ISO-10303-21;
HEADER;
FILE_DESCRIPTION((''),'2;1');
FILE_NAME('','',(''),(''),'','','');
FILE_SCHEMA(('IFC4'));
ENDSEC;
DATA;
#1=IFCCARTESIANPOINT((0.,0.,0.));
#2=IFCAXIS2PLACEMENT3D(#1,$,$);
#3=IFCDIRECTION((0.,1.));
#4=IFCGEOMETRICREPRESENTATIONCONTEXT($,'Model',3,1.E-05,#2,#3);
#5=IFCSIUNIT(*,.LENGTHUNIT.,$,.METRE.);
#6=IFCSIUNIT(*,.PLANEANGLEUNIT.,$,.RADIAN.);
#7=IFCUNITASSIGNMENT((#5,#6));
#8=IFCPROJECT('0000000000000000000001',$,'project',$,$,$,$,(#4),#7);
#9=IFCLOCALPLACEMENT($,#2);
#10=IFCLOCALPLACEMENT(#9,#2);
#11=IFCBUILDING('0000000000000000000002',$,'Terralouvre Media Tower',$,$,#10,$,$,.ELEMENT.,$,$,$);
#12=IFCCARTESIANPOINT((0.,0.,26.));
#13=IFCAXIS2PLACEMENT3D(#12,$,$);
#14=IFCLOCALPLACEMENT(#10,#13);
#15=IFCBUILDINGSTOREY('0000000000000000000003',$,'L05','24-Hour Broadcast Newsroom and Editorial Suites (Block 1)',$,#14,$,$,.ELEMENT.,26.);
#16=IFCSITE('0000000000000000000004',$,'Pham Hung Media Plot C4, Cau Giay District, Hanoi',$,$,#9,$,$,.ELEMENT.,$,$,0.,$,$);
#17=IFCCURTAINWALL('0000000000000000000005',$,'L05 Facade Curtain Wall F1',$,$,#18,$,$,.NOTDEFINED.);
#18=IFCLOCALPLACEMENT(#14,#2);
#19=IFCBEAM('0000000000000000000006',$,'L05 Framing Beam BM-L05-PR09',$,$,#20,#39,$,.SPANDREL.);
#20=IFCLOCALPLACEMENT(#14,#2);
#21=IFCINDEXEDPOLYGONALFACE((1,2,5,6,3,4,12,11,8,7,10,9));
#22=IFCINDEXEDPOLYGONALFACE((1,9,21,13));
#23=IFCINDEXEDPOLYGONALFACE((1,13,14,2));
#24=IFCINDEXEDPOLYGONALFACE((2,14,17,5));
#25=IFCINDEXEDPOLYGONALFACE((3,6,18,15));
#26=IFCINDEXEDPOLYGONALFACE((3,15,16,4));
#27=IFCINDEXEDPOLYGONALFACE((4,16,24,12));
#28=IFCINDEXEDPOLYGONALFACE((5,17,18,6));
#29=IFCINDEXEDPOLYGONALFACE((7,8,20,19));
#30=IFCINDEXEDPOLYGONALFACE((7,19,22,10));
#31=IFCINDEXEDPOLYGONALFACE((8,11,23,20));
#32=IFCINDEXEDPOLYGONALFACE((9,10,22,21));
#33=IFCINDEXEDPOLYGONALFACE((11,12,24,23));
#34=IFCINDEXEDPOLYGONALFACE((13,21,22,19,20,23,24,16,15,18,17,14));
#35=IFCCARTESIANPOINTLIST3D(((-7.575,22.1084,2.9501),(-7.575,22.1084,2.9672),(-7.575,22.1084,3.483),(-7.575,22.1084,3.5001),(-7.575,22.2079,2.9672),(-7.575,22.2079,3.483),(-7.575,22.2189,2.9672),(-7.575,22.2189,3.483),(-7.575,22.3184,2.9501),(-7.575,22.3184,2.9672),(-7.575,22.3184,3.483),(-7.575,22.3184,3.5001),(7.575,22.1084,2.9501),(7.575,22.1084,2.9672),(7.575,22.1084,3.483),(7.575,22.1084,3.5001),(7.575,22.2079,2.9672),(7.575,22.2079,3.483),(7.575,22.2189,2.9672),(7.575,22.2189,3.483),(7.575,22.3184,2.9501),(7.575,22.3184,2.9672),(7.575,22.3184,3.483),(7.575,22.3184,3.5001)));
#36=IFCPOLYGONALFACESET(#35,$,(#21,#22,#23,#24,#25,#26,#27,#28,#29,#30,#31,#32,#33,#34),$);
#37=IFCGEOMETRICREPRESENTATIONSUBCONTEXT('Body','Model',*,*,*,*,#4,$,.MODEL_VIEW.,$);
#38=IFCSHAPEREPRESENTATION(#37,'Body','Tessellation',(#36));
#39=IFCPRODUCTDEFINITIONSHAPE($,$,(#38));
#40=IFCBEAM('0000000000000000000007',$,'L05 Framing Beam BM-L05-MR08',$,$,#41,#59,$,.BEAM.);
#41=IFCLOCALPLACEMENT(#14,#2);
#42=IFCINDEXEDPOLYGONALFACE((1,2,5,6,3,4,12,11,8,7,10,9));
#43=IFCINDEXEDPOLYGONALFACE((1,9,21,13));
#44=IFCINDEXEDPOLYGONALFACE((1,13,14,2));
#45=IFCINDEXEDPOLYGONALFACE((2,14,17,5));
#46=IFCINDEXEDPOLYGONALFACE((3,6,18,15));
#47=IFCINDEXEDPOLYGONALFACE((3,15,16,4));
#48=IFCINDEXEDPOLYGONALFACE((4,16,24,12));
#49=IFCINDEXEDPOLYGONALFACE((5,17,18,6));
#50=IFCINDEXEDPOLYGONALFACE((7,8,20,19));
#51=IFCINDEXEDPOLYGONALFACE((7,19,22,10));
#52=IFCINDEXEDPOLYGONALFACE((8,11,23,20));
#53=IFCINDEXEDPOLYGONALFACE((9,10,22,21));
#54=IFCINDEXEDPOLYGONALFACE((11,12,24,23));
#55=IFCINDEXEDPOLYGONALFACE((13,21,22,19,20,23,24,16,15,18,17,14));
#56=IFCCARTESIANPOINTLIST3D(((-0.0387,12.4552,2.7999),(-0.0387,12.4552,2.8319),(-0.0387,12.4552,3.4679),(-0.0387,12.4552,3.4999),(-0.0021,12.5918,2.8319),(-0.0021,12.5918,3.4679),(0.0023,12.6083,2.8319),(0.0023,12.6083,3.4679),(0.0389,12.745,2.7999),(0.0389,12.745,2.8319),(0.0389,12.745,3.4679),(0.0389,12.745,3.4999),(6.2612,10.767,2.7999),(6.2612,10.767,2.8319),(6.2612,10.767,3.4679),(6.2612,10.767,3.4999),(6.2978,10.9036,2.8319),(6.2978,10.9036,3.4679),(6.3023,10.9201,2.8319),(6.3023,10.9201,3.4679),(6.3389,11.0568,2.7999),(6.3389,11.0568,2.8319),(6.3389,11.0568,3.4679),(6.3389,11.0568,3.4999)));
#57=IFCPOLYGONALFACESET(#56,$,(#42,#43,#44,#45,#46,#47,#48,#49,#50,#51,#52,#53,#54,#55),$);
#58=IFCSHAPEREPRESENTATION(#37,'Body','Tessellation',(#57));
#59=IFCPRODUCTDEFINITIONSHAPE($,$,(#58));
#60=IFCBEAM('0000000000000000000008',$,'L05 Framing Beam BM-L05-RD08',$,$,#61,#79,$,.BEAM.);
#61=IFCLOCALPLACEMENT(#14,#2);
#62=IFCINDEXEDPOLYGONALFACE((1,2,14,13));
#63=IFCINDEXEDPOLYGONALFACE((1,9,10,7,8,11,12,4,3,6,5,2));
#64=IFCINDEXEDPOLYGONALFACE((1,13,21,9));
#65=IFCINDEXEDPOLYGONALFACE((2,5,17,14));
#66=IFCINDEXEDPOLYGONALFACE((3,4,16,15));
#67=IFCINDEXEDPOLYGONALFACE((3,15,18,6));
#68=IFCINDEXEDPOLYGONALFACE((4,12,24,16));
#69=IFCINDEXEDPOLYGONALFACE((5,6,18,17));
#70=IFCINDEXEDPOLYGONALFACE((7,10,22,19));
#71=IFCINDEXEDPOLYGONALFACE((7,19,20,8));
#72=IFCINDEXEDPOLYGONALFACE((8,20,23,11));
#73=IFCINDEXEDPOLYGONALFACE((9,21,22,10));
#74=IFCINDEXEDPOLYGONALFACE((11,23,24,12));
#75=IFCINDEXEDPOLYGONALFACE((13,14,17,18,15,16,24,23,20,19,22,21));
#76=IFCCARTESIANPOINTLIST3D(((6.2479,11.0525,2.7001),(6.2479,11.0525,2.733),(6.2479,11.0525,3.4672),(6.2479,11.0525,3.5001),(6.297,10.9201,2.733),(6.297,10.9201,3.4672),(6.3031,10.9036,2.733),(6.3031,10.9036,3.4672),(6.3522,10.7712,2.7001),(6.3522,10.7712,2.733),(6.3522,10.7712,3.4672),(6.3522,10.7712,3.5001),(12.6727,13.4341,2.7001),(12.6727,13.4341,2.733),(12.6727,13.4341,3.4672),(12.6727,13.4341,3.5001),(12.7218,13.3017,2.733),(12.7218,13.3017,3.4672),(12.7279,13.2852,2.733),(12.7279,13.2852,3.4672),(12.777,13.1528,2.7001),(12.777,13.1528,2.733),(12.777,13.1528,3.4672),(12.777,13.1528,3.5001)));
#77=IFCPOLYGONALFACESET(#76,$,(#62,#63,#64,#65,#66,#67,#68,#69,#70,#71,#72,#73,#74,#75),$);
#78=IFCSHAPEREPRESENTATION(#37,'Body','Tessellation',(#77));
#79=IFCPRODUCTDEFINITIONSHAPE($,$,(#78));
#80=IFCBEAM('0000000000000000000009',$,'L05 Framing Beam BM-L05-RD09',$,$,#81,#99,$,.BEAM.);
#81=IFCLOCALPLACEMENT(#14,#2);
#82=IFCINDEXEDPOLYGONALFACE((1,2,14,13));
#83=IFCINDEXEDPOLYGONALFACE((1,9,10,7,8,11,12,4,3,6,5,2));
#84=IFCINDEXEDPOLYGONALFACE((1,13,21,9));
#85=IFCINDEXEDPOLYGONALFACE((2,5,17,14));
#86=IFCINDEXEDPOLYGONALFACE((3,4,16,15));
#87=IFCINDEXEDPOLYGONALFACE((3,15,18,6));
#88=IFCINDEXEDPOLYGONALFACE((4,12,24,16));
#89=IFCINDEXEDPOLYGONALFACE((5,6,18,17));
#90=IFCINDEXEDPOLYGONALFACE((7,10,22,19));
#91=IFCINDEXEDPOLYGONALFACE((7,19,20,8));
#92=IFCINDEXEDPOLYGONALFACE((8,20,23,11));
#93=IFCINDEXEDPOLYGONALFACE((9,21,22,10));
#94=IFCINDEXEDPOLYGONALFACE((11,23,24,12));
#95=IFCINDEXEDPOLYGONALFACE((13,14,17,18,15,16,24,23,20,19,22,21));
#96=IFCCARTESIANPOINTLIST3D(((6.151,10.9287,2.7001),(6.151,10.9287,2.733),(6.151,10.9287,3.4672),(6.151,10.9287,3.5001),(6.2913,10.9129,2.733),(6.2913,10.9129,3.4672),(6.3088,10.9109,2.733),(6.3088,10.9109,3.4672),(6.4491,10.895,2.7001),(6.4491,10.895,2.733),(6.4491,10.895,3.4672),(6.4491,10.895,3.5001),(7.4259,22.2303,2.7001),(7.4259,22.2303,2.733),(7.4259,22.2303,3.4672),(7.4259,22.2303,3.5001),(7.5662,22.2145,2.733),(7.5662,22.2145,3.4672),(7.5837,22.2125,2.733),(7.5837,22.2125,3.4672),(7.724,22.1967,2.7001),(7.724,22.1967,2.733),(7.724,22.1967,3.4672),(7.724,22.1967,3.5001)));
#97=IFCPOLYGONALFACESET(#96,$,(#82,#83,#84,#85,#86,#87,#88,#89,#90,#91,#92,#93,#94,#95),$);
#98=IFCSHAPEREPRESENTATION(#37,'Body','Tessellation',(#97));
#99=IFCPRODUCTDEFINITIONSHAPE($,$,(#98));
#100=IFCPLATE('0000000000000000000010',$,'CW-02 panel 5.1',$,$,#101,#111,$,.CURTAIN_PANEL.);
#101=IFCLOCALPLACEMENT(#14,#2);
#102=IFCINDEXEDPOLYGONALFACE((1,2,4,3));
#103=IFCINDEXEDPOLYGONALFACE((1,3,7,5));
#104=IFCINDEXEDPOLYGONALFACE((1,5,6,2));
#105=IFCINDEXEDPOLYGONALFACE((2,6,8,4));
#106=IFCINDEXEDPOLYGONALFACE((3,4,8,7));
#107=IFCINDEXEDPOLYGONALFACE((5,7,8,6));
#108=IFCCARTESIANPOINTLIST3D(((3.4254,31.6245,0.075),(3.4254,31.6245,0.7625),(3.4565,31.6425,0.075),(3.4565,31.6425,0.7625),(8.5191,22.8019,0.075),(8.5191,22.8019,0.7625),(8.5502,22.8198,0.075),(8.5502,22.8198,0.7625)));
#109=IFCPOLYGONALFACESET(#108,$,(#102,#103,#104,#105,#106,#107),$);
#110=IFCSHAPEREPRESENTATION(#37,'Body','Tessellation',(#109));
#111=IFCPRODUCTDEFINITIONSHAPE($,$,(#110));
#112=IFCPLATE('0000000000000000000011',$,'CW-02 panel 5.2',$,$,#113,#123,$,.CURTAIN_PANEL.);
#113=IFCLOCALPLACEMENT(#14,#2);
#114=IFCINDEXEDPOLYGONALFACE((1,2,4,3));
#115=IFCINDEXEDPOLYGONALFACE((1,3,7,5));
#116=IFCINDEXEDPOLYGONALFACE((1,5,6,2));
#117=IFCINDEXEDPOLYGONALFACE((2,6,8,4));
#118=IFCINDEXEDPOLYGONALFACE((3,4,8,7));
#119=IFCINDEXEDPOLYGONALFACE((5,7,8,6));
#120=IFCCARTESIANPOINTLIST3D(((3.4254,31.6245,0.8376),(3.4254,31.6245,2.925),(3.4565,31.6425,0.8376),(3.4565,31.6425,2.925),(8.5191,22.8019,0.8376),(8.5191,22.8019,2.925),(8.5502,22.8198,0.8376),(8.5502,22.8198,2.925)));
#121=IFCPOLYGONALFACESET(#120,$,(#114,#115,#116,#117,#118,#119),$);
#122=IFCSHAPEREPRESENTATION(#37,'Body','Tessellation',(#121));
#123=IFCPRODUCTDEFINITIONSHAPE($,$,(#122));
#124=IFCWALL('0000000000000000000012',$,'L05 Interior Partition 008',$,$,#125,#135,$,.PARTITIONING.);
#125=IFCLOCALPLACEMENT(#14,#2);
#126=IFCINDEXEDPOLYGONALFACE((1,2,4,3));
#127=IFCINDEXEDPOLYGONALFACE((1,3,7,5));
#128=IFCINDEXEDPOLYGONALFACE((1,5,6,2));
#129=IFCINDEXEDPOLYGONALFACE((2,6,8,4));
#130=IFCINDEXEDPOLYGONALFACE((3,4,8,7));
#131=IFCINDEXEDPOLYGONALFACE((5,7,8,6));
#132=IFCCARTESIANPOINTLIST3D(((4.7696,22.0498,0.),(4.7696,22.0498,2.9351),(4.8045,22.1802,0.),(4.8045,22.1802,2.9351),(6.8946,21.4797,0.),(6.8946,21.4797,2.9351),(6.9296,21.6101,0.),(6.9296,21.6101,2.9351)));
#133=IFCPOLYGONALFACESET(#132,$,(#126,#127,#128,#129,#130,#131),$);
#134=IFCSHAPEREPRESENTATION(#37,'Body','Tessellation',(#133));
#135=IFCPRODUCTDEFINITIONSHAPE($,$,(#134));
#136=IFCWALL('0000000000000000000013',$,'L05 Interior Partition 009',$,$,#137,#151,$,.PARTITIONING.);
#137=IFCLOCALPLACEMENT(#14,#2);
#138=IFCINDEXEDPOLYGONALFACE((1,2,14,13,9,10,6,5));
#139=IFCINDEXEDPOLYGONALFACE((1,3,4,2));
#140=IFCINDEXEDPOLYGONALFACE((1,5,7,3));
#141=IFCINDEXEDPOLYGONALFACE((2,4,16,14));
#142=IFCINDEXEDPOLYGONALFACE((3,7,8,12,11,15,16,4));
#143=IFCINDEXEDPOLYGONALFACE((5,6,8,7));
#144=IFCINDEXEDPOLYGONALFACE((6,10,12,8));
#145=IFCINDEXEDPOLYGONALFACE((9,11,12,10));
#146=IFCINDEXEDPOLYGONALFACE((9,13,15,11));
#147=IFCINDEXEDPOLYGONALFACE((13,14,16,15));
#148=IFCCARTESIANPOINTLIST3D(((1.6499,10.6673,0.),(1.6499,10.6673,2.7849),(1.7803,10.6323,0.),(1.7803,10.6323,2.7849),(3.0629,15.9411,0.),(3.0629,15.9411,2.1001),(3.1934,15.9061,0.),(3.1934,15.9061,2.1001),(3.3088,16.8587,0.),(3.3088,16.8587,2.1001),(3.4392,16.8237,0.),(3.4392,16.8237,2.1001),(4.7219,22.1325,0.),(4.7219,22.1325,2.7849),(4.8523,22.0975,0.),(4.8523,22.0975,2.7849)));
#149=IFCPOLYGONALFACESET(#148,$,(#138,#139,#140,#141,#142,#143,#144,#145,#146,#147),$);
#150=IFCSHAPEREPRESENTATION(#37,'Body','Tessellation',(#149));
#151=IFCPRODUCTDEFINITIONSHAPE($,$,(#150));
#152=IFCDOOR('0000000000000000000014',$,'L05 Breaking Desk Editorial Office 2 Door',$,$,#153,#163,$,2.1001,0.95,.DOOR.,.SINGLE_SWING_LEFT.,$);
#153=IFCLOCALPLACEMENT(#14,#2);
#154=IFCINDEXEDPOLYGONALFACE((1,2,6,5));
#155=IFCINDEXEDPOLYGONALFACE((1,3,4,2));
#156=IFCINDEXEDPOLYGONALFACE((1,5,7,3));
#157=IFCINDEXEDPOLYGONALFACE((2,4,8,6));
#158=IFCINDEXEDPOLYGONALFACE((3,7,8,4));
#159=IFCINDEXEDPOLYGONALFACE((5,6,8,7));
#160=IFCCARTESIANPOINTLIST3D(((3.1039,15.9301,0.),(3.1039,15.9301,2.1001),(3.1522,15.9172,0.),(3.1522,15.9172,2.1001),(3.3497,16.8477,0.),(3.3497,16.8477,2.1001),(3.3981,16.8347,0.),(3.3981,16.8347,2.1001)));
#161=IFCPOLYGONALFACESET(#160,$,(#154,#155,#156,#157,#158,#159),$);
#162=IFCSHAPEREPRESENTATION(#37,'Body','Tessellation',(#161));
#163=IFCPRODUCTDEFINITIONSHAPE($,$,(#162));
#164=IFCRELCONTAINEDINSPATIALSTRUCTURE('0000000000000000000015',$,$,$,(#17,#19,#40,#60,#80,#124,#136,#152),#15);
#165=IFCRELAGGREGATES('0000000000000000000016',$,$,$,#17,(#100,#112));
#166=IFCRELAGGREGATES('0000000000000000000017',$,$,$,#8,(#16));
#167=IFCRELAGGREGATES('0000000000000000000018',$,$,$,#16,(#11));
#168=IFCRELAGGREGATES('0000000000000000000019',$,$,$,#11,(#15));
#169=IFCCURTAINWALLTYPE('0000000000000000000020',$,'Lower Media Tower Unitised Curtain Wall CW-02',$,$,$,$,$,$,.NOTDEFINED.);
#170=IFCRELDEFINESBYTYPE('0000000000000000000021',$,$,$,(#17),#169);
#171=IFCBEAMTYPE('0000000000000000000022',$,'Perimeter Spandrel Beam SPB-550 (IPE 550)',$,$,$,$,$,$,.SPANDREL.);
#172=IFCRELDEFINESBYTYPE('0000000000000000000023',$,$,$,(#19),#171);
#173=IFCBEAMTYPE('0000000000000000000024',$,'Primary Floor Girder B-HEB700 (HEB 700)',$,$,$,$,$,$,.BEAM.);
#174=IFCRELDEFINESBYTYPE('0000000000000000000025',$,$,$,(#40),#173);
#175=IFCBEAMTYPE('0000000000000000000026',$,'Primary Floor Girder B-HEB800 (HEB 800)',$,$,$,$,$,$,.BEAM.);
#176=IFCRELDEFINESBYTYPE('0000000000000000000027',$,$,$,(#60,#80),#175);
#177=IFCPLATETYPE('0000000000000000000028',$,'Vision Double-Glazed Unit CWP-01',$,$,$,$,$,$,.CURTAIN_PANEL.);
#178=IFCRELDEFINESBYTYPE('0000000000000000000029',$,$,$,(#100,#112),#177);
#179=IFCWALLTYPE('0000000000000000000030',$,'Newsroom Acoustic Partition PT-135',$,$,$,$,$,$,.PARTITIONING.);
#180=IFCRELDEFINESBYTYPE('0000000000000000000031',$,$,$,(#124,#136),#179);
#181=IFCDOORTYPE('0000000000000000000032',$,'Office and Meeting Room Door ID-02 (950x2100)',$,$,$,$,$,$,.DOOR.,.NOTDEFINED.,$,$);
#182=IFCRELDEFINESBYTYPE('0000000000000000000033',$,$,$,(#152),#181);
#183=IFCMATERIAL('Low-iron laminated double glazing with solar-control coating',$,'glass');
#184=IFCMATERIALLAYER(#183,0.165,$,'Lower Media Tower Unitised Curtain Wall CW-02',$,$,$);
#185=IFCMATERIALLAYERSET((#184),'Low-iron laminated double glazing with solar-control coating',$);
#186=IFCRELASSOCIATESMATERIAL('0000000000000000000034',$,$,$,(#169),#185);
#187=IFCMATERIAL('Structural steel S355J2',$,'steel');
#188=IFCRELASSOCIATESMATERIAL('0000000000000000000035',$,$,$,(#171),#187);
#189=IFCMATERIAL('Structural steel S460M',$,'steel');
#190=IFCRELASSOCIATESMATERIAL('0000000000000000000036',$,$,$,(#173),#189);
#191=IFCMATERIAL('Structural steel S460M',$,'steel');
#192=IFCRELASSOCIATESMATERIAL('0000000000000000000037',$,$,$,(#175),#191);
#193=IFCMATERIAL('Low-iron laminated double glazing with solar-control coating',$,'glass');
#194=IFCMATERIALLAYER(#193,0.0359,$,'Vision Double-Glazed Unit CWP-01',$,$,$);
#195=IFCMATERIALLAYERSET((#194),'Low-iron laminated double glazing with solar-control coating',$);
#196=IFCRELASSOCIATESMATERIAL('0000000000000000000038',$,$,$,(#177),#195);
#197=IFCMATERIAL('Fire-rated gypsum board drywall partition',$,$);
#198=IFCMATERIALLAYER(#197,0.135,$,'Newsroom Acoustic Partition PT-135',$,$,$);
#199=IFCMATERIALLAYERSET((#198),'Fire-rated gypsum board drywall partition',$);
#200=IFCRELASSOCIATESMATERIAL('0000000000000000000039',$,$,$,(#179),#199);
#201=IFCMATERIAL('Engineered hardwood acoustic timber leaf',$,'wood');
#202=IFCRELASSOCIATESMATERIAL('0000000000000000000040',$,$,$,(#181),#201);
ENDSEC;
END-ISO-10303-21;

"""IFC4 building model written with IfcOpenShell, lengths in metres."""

from ifc_helpers import new_model, si_unit, direction, frame, frame_2d, origin, origin_2d, place, context, subcontext, project, spatial, rectangle, i_section, extrude, material, layer, layer_set, material_profile, profile_set, type_object, element, fill, aggregate, save


model = new_model("IFC4")

# Units and contexts
model_context = context("Model", 3, precision=1e-05, world=origin(), true_north=direction((0.0, 1.0)))
body_context = subcontext(model_context, "Body", "Model", "MODEL_VIEW")
ifc_project = project(units=[si_unit("LENGTHUNIT", "METRE"), si_unit("PLANEANGLEUNIT", "RADIAN")], contexts=[model_context])

# Site, building, storey
site_placement = place(None, origin())
site = spatial("IfcSite", under=ifc_project, at=site_placement, Name="Pham Hung Media Plot C4, Cau Giay District, Hanoi", CompositionType="ELEMENT", RefElevation=0.0)
building_placement = place(site_placement, origin())
building = spatial("IfcBuilding", under=site, at=building_placement, Name="Terralouvre Media Tower", CompositionType="ELEMENT")
storey_placement = place(building_placement, frame((0.0, 0.0, 26.0)))
storey = spatial("IfcBuildingStorey", under=building, at=storey_placement, Name="L05", Description="24-Hour Broadcast Newsroom and Editorial Suites (Block 1)", CompositionType="ELEMENT", Elevation=26.0)

# Curtain wall
ifc_material_1 = material(Name="Low-iron laminated double glazing with solar-control coating", Category="glass")
ifc_layer_1 = layer(ifc_material_1, 0.165, Name="Lower Media Tower Unitised Curtain Wall CW-02")
ifc_layer_set_1 = layer_set([ifc_layer_1], Name="Low-iron laminated double glazing with solar-control coating")
curtain_wall_type_1 = type_object("IfcCurtainWallType", Name="Lower Media Tower Unitised Curtain Wall CW-02", PredefinedType="NOTDEFINED", material=ifc_layer_set_1)
curtain_wall_1_placement = place(storey_placement, origin())
curtain_wall_1 = element("IfcCurtainWall", 1, at=curtain_wall_1_placement, inside=storey, type_object=curtain_wall_type_1, Name="L05 Facade Curtain Wall F1", PredefinedType="NOTDEFINED")

# Beams
ifc_material_2 = material(Name="Structural steel S355J2", Category="steel")
ifc_material_profile_1 = material_profile(ifc_material_2, i_section(OverallWidth=0.21, OverallDepth=0.55, WebThickness=0.011, FlangeThickness=0.0171, at=origin_2d()), Name="IPE 550")
ifc_profile_set_1 = profile_set([ifc_material_profile_1], Name="Structural steel S355J2")
beam_type_1 = type_object("IfcBeamType", Name="Perimeter Spandrel Beam SPB-550 (IPE 550)", PredefinedType="SPANDREL", material=ifc_profile_set_1)
beam_1_placement = place(storey_placement, frame((7.575, 22.2134, 3.2251), z_axis=(-1.0, 0.0, 0.0), x_axis=(0.0, -1.0, 0.0)))
element("IfcBeam", 2, at=beam_1_placement, inside=storey, type_object=beam_type_1, Name="L05 Framing Beam BM-L05-PR09", PredefinedType="SPANDREL", context=body_context, shape_type="SweptSolid", body=[
    extrude(i_section(OverallWidth=0.21, OverallDepth=0.55, WebThickness=0.011, FlangeThickness=0.0171, at=origin_2d()), origin(), (0.0, 0.0, 1.0), 15.1499),
])
ifc_material_3 = material(Name="Structural steel S460M", Category="steel")
ifc_material_profile_2 = material_profile(ifc_material_3, i_section(OverallWidth=0.3, OverallDepth=0.7, WebThickness=0.0171, FlangeThickness=0.032, at=origin_2d()), Name="HEB 700")
ifc_profile_set_2 = profile_set([ifc_material_profile_2], Name="Structural steel S460M")
beam_type_2 = type_object("IfcBeamType", Name="Primary Floor Girder B-HEB700 (HEB 700)", PredefinedType="BEAM", material=ifc_profile_set_2)
beam_2_placement = place(storey_placement, frame((6.3, 10.9119, 3.1499), z_axis=(-0.96592, 0.258839, 0.0), x_axis=(-0.258839, -0.96592, 0.0)))
element("IfcBeam", 3, at=beam_2_placement, inside=storey, type_object=beam_type_2, Name="L05 Framing Beam BM-L05-MR08", PredefinedType="BEAM", context=body_context, shape_type="SweptSolid", body=[
    extrude(i_section(OverallWidth=0.3, OverallDepth=0.7, WebThickness=0.0171, FlangeThickness=0.032, at=origin_2d()), origin(), (0.0, 0.0, 1.0), 6.5222),
])
ifc_material_4 = material(Name="Structural steel S460M", Category="steel")
ifc_material_profile_3 = material_profile(ifc_material_4, i_section(OverallWidth=0.3, OverallDepth=0.8, WebThickness=0.0176, FlangeThickness=0.033, at=origin_2d()), Name="HEB 800")
ifc_profile_set_3 = profile_set([ifc_material_profile_3], Name="Structural steel S460M")
beam_type_3 = type_object("IfcBeamType", Name="Primary Floor Girder B-HEB800 (HEB 800)", PredefinedType="BEAM", material=ifc_profile_set_3)
beam_3_placement = place(storey_placement, frame((6.3, 10.9119, 3.1001), z_axis=(0.937652, 0.347575, 0.0), x_axis=(-0.347575, 0.937652, 0.0)))
element("IfcBeam", 4, at=beam_3_placement, inside=storey, type_object=beam_type_3, Name="L05 Framing Beam BM-L05-RD08", PredefinedType="BEAM", context=body_context, shape_type="SweptSolid", body=[
    extrude(i_section(OverallWidth=0.3, OverallDepth=0.8, WebThickness=0.0176, FlangeThickness=0.033, at=origin_2d()), origin(), (0.0, 0.0, 1.0), 6.8521),
])
beam_4_placement = place(storey_placement, frame((6.3, 10.9119, 3.1001), z_axis=(0.112097, 0.993697, 0.0), x_axis=(-0.993697, 0.112097, 0.0)))
element("IfcBeam", 5, at=beam_4_placement, inside=storey, type_object=beam_type_3, Name="L05 Framing Beam BM-L05-RD09", PredefinedType="BEAM", context=body_context, shape_type="SweptSolid", body=[
    extrude(i_section(OverallWidth=0.3, OverallDepth=0.8, WebThickness=0.0176, FlangeThickness=0.033, at=origin_2d()), origin(), (0.0, 0.0, 1.0), 11.3733),
])

# Plates
ifc_material_5 = material(Name="Low-iron laminated double glazing with solar-control coating", Category="glass")
ifc_layer_2 = layer(ifc_material_5, 0.0359, Name="Vision Double-Glazed Unit CWP-01")
ifc_layer_set_2 = layer_set([ifc_layer_2], Name="Low-iron laminated double glazing with solar-control coating")
plate_type = type_object("IfcPlateType", Name="Vision Double-Glazed Unit CWP-01", PredefinedType="CURTAIN_PANEL", material=ifc_layer_set_2)
plate_1_placement = place(storey_placement, frame((5.9878, 27.2222, 0.075), z_axis=(0.0, 0.0, 1.0), x_axis=(-0.5, 0.866025, 0.0)))
plate_1 = element("IfcPlate", 6, at=plate_1_placement, type_object=plate_type, Name="CW-02 panel 5.1", PredefinedType="CURTAIN_PANEL", context=body_context, shape_type="SweptSolid", body=[
    extrude(rectangle(XDim=10.1875, YDim=0.0359, at=origin_2d()), origin(), (0.0, 0.0, 1.0), 0.6875),
])
plate_2_placement = place(storey_placement, frame((5.9878, 27.2222, 0.8376), z_axis=(0.0, 0.0, 1.0), x_axis=(-0.5, 0.866025, 0.0)))
plate_2 = element("IfcPlate", 7, at=plate_2_placement, type_object=plate_type, Name="CW-02 panel 5.2", PredefinedType="CURTAIN_PANEL", context=body_context, shape_type="SweptSolid", body=[
    extrude(rectangle(XDim=10.1875, YDim=0.0359, at=origin_2d()), origin(), (0.0, 0.0, 1.0), 2.0874),
])
aggregate(curtain_wall_1, [plate_1, plate_2])

# Wall
ifc_material_6 = material(Name="Fire-rated gypsum board drywall partition")
ifc_layer_3 = layer(ifc_material_6, 0.135, Name="Newsroom Acoustic Partition PT-135")
ifc_layer_set_3 = layer_set([ifc_layer_3], Name="Fire-rated gypsum board drywall partition")
wall_type_1 = type_object("IfcWallType", Name="Newsroom Acoustic Partition PT-135", PredefinedType="PARTITIONING", material=ifc_layer_set_3)
wall_1_placement = place(storey_placement, frame((6.9121, 21.5449, 0.0), z_axis=(0.0, 0.0, 1.0), x_axis=(-0.965849, 0.259106, 0.0)))
element("IfcWall", 8, at=wall_1_placement, inside=storey, type_object=wall_type_1, Name="L05 Interior Partition 008", PredefinedType="PARTITIONING", context=body_context, shape_type="SweptSolid", body=[
    extrude(rectangle(XDim=2.2002, YDim=0.135, at=frame_2d((1.1001, 0.0))), origin(), (0.0, 0.0, 1.0), 2.9351),
])

# Wall, opening, door
wall_2_placement = place(storey_placement, frame((4.7871, 22.115, 0.0), z_axis=(0.0, 0.0, 1.0), x_axis=(-0.258816, -0.965927, 0.0)))
wall_2 = element("IfcWall", 9, at=wall_2_placement, inside=storey, type_object=wall_type_1, Name="L05 Interior Partition 009", PredefinedType="PARTITIONING", context=body_context, shape_type="SweptSolid", body=[
    extrude(rectangle(XDim=11.8696, YDim=0.135, at=frame_2d((5.9348, 0.0))), origin(), (0.0, 0.0, 1.0), 2.7849),
])
opening_1_placement = place(wall_2_placement, frame((5.4597, 0.0, 0.0)))
opening_1 = element("IfcOpeningElement", 10, at=opening_1_placement, cuts=wall_2, PredefinedType="OPENING", context=body_context, shape_type="SweptSolid", body=[
    extrude(rectangle(XDim=0.95, YDim=2.1001, at=frame_2d((0.4751, 1.05))), frame((0.0, 0.0774, 0.0), z_axis=(0.0, -1.0, 0.0), x_axis=(1.0, 0.0, 0.0)), (0.0, 0.0, 1.0), 0.155),
])
ifc_material_7 = material(Name="Engineered hardwood acoustic timber leaf", Category="wood")
door_type_1 = type_object("IfcDoorType", Name="Office and Meeting Room Door ID-02 (950x2100)", OperationType="NOTDEFINED", PredefinedType="DOOR", material=ifc_material_7)
door_1_placement = place(opening_1_placement, origin())
door_1 = element("IfcDoor", 11, at=door_1_placement, inside=storey, type_object=door_type_1, Name="L05 Breaking Desk Editorial Office 2 Door", OperationType="SINGLE_SWING_LEFT", OverallHeight=2.1001, OverallWidth=0.95, PredefinedType="DOOR", context=body_context, shape_type="SweptSolid", body=[
    extrude(rectangle(XDim=0.95, YDim=2.1001, at=frame_2d((0.4751, 1.05))), frame((0.0, 0.0249, 0.0), z_axis=(0.0, -1.0, 0.0), x_axis=(1.0, 0.0, 0.0)), (0.0, 0.0, 1.0), 0.05),
])
fill(opening_1, door_1)

save(model, "model.ifc")
